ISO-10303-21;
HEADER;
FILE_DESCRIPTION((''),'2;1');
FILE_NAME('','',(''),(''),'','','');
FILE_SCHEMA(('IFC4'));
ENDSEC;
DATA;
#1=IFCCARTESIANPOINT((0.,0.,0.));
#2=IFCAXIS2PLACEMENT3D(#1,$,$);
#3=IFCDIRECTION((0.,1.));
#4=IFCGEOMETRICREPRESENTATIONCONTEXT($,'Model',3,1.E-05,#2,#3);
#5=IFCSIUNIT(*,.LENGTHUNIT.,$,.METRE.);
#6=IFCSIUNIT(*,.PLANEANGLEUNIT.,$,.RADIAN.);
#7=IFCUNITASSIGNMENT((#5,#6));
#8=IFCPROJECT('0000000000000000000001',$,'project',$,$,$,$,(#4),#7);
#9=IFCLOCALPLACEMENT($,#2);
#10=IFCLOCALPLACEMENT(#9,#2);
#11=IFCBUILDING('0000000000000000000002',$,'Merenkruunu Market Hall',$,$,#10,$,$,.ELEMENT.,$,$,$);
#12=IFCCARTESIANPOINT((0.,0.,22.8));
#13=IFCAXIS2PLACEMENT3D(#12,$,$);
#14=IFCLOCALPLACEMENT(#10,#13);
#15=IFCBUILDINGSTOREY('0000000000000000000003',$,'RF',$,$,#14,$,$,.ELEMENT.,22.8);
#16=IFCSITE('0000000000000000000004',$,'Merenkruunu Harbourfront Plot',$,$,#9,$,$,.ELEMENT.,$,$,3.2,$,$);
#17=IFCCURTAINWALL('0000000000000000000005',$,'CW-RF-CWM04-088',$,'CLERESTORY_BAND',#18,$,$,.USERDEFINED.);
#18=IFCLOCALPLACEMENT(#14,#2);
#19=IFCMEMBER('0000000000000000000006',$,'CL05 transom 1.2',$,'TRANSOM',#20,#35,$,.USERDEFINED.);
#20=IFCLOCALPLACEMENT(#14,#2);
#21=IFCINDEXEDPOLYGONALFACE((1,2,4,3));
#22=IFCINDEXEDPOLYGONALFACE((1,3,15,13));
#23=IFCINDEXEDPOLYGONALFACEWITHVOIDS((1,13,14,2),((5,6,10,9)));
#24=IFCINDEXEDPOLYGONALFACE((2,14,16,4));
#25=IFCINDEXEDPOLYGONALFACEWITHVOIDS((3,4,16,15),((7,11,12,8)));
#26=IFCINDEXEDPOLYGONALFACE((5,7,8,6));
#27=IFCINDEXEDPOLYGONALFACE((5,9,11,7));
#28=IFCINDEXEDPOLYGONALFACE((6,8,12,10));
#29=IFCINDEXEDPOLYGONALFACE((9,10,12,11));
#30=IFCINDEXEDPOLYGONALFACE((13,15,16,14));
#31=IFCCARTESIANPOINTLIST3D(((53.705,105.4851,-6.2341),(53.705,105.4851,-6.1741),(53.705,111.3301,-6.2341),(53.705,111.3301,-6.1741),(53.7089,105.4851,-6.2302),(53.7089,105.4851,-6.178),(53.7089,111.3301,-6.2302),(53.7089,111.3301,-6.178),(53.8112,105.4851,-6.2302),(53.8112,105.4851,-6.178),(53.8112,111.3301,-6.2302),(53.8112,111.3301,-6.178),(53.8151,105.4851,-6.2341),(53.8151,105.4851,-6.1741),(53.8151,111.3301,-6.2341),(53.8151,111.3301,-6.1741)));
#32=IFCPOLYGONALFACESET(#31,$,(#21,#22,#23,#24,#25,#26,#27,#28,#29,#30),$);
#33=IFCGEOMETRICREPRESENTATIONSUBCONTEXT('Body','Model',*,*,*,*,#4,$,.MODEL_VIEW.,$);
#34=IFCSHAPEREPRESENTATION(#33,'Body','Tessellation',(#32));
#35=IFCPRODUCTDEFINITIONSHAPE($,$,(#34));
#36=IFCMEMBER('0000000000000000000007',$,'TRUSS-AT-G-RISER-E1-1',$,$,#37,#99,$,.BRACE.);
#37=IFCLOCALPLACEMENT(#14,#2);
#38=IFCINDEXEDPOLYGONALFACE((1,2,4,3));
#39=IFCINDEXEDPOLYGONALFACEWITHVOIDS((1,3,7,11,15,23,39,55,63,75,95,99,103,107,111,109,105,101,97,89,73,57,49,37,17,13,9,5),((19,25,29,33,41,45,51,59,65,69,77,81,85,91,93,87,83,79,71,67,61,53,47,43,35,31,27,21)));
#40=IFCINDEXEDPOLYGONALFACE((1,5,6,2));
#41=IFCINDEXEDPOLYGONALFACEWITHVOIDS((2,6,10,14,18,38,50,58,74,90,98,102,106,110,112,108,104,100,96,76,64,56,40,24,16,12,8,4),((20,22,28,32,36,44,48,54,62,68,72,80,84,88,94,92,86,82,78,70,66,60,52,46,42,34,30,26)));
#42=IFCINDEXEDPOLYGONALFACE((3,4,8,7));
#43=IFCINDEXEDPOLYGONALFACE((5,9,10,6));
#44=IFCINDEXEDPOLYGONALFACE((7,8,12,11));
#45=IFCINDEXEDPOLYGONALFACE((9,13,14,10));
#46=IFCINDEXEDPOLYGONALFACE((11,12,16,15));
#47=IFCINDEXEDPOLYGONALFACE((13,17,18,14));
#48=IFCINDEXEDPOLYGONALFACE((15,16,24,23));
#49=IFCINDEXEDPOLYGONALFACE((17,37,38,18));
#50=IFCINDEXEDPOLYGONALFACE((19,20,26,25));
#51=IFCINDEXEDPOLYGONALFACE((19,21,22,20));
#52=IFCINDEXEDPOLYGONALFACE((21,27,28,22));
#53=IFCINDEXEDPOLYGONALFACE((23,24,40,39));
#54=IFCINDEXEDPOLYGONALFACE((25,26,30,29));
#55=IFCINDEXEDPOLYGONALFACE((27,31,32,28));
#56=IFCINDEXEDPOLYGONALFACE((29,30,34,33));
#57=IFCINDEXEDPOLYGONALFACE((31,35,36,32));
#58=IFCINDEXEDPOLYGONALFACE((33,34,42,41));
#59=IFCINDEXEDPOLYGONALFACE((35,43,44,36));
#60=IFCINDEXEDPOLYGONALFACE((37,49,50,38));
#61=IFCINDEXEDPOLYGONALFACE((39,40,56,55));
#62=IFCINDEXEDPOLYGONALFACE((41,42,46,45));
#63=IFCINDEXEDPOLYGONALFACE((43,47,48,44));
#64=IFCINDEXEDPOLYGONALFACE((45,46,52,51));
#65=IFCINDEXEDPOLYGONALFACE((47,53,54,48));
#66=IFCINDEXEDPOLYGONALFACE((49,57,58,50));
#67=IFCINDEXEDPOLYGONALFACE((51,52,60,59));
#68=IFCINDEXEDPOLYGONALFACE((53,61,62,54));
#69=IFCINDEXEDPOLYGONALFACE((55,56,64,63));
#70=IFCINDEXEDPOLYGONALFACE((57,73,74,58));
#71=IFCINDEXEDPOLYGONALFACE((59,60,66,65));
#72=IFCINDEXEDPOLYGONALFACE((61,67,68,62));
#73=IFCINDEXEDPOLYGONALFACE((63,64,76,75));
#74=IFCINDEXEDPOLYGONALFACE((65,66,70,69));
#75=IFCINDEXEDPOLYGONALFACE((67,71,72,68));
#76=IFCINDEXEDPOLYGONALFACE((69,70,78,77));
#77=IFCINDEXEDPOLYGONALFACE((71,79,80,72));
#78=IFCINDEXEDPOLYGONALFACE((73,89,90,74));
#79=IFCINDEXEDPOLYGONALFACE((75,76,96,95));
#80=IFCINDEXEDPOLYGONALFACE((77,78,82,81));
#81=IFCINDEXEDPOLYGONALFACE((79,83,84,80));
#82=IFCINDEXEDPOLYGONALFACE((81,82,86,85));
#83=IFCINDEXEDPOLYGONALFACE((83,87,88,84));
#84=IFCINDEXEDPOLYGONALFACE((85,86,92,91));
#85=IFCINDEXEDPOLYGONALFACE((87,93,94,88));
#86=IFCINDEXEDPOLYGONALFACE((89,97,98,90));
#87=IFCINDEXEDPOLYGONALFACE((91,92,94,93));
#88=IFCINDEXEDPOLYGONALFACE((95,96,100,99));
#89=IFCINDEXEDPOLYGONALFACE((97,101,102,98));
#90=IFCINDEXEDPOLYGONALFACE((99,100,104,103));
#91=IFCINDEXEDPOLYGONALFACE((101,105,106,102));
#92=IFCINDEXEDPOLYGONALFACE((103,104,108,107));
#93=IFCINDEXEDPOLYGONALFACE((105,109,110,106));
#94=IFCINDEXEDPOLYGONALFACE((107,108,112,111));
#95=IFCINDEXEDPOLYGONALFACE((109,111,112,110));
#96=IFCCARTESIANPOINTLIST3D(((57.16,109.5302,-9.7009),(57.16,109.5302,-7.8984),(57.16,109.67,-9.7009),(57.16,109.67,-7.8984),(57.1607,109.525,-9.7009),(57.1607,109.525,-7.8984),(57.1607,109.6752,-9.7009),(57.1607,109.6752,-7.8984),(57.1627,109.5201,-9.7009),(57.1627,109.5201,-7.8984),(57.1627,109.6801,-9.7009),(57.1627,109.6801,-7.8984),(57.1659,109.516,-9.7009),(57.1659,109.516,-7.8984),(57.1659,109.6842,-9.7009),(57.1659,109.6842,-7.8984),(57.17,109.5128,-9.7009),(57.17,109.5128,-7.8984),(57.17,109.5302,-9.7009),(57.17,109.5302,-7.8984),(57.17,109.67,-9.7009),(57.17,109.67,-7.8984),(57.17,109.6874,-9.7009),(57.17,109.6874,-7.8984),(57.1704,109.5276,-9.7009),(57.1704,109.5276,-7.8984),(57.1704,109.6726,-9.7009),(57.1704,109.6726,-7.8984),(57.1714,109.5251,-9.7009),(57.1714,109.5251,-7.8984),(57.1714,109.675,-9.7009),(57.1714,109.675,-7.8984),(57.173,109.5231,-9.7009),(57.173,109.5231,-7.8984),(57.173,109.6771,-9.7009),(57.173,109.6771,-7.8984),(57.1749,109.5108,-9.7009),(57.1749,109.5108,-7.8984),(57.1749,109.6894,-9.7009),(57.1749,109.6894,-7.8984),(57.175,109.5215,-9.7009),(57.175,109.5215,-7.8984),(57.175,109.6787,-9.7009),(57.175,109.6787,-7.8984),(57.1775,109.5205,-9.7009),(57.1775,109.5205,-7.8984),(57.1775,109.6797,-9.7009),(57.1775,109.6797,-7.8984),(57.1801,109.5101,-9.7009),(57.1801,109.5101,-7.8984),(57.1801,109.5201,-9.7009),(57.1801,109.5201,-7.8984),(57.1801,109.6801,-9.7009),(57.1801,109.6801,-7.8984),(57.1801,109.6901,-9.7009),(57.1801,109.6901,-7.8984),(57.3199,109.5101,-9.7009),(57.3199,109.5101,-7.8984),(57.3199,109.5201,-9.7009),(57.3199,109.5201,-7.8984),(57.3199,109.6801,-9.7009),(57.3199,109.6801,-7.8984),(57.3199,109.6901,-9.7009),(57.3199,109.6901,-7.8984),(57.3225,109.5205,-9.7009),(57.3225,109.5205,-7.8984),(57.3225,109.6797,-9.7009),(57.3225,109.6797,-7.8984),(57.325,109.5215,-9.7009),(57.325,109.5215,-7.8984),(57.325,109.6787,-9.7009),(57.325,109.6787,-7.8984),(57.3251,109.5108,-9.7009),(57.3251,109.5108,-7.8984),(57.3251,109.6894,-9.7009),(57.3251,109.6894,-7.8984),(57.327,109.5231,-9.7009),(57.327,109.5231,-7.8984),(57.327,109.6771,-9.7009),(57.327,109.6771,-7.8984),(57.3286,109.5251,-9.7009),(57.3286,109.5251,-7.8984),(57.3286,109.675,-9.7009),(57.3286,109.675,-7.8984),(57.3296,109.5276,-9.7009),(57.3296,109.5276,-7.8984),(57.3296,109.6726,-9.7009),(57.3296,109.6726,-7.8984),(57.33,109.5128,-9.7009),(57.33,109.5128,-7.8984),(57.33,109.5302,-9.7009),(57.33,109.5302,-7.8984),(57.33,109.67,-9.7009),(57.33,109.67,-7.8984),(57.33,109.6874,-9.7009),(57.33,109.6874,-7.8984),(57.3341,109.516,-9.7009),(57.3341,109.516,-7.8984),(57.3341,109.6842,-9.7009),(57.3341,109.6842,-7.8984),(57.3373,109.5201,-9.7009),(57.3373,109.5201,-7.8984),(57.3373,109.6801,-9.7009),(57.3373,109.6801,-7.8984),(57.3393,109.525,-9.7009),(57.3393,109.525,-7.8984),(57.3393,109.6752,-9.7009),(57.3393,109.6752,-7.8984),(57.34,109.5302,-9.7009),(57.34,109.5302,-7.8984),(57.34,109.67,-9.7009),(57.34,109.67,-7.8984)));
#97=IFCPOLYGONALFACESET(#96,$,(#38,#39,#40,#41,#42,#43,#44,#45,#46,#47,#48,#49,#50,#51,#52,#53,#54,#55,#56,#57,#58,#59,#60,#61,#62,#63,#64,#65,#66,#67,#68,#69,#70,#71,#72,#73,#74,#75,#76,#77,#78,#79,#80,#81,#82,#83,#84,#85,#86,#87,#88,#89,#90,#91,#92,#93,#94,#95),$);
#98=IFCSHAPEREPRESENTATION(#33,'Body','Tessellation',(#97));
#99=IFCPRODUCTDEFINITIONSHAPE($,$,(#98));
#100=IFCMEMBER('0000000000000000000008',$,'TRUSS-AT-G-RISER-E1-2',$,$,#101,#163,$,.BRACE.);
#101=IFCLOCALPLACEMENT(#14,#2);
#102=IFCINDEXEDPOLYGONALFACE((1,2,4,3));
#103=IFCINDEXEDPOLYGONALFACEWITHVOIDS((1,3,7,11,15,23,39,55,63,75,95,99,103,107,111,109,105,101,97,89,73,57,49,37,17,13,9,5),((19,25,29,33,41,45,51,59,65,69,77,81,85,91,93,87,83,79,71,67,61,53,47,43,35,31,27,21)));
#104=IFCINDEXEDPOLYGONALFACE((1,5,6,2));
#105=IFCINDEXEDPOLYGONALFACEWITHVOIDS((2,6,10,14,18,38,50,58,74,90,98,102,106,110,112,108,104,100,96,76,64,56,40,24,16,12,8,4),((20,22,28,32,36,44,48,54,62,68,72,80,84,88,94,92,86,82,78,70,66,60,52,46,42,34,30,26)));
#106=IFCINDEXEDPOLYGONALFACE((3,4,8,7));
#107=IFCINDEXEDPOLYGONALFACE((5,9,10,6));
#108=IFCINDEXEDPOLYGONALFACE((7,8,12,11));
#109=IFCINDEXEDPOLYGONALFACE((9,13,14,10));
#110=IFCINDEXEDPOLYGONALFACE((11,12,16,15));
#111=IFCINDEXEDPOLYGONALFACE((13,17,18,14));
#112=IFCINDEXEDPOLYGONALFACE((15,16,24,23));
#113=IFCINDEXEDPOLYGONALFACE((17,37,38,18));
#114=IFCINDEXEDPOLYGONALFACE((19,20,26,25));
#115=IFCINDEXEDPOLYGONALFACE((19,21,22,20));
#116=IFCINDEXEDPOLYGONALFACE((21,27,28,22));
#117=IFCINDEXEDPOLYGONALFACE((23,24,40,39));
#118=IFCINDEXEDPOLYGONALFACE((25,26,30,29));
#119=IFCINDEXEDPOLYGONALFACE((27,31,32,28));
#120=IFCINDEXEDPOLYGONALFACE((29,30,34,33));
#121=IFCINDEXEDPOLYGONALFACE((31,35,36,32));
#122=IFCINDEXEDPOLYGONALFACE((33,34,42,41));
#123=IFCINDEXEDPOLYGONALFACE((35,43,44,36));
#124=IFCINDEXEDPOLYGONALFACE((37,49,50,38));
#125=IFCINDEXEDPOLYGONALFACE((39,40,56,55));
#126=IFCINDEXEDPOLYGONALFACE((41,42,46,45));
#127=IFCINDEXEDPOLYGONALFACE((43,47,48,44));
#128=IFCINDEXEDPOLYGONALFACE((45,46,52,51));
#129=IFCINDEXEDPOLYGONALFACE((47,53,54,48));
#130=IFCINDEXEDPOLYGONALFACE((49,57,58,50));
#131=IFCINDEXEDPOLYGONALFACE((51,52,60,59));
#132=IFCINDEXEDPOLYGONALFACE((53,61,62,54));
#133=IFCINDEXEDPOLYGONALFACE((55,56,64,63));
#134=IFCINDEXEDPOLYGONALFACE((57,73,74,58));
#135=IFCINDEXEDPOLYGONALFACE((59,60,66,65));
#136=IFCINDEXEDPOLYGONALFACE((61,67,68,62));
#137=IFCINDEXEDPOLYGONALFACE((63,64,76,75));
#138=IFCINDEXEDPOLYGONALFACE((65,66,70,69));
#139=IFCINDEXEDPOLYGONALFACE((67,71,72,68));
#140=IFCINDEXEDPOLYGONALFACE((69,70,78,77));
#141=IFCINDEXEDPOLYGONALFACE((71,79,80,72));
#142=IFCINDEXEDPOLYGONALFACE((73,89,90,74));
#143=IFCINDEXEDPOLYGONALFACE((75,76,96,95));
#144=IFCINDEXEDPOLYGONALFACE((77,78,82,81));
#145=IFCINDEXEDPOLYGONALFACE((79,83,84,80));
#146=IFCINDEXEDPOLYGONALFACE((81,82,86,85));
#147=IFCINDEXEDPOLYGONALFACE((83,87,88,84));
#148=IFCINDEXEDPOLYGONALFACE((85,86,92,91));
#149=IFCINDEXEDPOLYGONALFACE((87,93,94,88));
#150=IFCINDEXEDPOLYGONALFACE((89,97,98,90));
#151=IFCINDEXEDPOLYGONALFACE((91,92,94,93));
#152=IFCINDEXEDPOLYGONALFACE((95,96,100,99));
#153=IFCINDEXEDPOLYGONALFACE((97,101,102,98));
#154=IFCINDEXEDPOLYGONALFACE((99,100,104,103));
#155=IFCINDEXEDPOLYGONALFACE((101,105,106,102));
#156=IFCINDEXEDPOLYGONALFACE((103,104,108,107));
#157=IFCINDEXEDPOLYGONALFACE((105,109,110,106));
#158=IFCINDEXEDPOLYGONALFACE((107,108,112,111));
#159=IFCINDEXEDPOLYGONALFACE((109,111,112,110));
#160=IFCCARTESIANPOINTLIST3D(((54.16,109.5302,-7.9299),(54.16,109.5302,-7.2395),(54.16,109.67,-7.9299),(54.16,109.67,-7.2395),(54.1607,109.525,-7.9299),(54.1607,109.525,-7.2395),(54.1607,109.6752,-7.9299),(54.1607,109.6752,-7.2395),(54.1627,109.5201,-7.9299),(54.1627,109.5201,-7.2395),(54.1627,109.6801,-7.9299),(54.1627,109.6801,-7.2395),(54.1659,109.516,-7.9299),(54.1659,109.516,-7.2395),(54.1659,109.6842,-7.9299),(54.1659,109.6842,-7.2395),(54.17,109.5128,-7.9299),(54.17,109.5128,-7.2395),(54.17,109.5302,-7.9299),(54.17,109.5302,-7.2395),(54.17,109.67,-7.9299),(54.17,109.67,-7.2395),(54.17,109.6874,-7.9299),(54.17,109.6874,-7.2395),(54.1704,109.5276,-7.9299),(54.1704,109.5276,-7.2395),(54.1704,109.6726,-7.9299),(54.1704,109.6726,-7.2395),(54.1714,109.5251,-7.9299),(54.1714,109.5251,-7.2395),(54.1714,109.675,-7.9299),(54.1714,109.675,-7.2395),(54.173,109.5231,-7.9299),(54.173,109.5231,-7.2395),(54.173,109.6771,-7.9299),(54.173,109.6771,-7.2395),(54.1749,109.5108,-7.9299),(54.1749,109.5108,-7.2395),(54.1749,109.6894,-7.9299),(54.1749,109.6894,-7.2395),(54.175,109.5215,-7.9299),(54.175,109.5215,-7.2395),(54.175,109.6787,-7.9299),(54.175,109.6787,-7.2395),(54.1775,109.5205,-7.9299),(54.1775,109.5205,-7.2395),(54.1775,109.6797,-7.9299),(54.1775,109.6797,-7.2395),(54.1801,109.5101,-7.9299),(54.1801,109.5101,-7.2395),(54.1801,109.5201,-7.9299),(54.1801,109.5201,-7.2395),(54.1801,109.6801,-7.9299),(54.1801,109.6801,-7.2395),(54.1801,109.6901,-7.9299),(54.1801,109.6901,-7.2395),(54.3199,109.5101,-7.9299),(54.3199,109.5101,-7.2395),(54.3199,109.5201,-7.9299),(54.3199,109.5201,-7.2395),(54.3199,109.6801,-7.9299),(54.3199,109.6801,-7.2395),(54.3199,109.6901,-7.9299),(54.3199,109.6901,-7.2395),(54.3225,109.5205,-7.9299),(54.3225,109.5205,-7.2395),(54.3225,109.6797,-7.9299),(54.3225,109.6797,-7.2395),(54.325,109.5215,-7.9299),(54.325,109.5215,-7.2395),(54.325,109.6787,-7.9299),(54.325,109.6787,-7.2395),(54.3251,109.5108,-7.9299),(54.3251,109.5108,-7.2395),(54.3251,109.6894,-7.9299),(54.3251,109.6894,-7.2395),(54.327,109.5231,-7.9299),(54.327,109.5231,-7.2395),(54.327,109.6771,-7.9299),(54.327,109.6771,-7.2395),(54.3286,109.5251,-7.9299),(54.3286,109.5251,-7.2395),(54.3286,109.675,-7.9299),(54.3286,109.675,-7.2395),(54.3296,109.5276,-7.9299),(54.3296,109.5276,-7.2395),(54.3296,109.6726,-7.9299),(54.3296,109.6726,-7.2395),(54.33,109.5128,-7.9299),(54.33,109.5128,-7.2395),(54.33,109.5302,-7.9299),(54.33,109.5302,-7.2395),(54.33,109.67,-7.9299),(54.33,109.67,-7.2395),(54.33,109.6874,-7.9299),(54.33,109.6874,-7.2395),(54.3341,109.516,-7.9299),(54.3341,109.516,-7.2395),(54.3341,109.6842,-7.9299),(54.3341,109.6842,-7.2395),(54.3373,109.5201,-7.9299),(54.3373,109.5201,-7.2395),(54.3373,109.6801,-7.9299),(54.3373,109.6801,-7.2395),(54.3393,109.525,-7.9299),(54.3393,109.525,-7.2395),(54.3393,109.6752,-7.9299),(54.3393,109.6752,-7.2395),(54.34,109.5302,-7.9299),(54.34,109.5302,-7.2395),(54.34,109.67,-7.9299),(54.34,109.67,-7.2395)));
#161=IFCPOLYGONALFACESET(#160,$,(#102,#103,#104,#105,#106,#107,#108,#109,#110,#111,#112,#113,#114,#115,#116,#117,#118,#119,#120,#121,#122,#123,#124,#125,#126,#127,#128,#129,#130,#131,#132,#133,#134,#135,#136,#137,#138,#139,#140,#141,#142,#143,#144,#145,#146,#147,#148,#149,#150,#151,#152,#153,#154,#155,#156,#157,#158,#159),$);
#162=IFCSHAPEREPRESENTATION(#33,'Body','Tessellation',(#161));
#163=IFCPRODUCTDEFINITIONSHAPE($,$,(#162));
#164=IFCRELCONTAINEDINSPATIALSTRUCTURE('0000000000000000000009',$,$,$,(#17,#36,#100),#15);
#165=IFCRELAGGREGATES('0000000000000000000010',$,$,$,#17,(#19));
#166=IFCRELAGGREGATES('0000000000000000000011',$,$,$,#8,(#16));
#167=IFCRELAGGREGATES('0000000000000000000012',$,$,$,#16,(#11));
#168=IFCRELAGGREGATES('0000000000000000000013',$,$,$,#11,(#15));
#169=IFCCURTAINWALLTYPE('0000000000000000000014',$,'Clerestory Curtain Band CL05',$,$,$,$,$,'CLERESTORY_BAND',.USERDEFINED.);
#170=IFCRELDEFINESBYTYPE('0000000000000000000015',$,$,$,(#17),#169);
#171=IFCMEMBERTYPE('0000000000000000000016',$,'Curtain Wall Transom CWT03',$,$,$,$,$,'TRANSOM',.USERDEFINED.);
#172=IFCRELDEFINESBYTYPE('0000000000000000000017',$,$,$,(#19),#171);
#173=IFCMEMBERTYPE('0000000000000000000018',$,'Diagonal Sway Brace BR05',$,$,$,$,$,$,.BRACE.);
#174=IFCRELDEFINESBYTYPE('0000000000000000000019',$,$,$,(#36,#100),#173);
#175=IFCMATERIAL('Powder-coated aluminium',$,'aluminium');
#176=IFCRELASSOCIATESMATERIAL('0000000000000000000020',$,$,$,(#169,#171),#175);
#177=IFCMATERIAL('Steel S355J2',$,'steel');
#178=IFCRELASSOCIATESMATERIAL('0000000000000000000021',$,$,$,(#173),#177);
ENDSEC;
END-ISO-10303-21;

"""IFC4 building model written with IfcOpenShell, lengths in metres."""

from ifc_helpers import new_model, si_unit, direction, frame, origin, origin_2d, place, context, subcontext, project, spatial, hollow_rectangle, extrude, material, material_profile, profile_set, type_object, element, aggregate, save


model = new_model("IFC4")

# Units and contexts
model_context = context("Model", 3, precision=1e-05, world=origin(), true_north=direction((0.0, 1.0)))
body_context = subcontext(model_context, "Body", "Model", "MODEL_VIEW")
ifc_project = project(units=[si_unit("LENGTHUNIT", "METRE"), si_unit("PLANEANGLEUNIT", "RADIAN")], contexts=[model_context])

# Site, building, storey
site_placement = place(None, origin())
site = spatial("IfcSite", under=ifc_project, at=site_placement, Name="Merenkruunu Harbourfront Plot", CompositionType="ELEMENT", RefElevation=3.2)
building_placement = place(site_placement, origin())
building = spatial("IfcBuilding", under=site, at=building_placement, Name="Merenkruunu Market Hall", CompositionType="ELEMENT")
storey_placement = place(building_placement, frame((0.0, 0.0, 22.8)))
storey = spatial("IfcBuildingStorey", under=building, at=storey_placement, Name="RF", CompositionType="ELEMENT", Elevation=22.8)

# Shared definitions
ifc_material_1 = material(Name="Powder-coated aluminium", Category="aluminium")

# Curtain wall
curtain_wall_type_1 = type_object("IfcCurtainWallType", Name="Clerestory Curtain Band CL05", ElementType="CLERESTORY_BAND", PredefinedType="USERDEFINED", material=ifc_material_1)
curtain_wall_1_placement = place(storey_placement, origin())
curtain_wall_1 = element("IfcCurtainWall", 1, at=curtain_wall_1_placement, inside=storey, type_object=curtain_wall_type_1, Name="CW-RF-CWM04-088", ObjectType="CLERESTORY_BAND", PredefinedType="USERDEFINED")

# Member
ifc_material_profile_1 = material_profile(ifc_material_1, hollow_rectangle(XDim=0.0601, YDim=0.1101, WallThickness=0.0039, at=origin_2d()), Name="ALU 60x110x4")
ifc_profile_set_1 = profile_set([ifc_material_profile_1], Name="Powder-coated aluminium")
member_type_1 = type_object("IfcMemberType", Name="Curtain Wall Transom CWT03", ElementType="TRANSOM", PredefinedType="USERDEFINED", material=ifc_profile_set_1)
member_1_placement = place(storey_placement, frame((53.76, 111.3301, -6.2041), z_axis=(0.0, -1.0, 0.0), x_axis=(0.0, 0.0, 1.0)))
member_1 = element("IfcMember", 2, at=member_1_placement, type_object=member_type_1, Name="CL05 transom 1.2", ObjectType="TRANSOM", PredefinedType="USERDEFINED", context=body_context, shape_type="SweptSolid", body=[
    extrude(hollow_rectangle(XDim=0.0601, YDim=0.1101, WallThickness=0.0039, at=origin_2d()), origin(), (0.0, 0.0, 1.0), 5.845),
])
aggregate(curtain_wall_1, [member_1])

# Members
ifc_material_2 = material(Name="Steel S355J2", Category="steel")
ifc_material_profile_2 = material_profile(ifc_material_2, hollow_rectangle(XDim=0.1799, YDim=0.1799, WallThickness=0.01, InnerFilletRadius=0.01, OuterFilletRadius=0.02, at=origin_2d()), Name="SHS 180x180x10")
ifc_profile_set_2 = profile_set([ifc_material_profile_2], Name="Steel S355J2")
member_type_2 = type_object("IfcMemberType", Name="Diagonal Sway Brace BR05", PredefinedType="BRACE", material=ifc_profile_set_2)
member_2_placement = place(storey_placement, frame((57.25, 109.6001, -9.7009), z_axis=(0.0, 0.0, 1.0), x_axis=(1.0, 0.0, 0.0)))
element("IfcMember", 3, at=member_2_placement, inside=storey, type_object=member_type_2, Name="TRUSS-AT-G-RISER-E1-1", PredefinedType="BRACE", context=body_context, shape_type="SweptSolid", body=[
    extrude(hollow_rectangle(XDim=0.1799, YDim=0.1799, WallThickness=0.01, InnerFilletRadius=0.01, OuterFilletRadius=0.02, at=origin_2d()), origin(), (0.0, 0.0, 1.0), 1.8025),
])
member_3_placement = place(storey_placement, frame((54.25, 109.6001, -7.9299), z_axis=(0.0, 0.0, 1.0), x_axis=(1.0, 0.0, 0.0)))
element("IfcMember", 4, at=member_3_placement, inside=storey, type_object=member_type_2, Name="TRUSS-AT-G-RISER-E1-2", PredefinedType="BRACE", context=body_context, shape_type="SweptSolid", body=[
    extrude(hollow_rectangle(XDim=0.1799, YDim=0.1799, WallThickness=0.01, InnerFilletRadius=0.01, OuterFilletRadius=0.02, at=origin_2d()), origin(), (0.0, 0.0, 1.0), 0.6904),
])

save(model, "model.ifc")
